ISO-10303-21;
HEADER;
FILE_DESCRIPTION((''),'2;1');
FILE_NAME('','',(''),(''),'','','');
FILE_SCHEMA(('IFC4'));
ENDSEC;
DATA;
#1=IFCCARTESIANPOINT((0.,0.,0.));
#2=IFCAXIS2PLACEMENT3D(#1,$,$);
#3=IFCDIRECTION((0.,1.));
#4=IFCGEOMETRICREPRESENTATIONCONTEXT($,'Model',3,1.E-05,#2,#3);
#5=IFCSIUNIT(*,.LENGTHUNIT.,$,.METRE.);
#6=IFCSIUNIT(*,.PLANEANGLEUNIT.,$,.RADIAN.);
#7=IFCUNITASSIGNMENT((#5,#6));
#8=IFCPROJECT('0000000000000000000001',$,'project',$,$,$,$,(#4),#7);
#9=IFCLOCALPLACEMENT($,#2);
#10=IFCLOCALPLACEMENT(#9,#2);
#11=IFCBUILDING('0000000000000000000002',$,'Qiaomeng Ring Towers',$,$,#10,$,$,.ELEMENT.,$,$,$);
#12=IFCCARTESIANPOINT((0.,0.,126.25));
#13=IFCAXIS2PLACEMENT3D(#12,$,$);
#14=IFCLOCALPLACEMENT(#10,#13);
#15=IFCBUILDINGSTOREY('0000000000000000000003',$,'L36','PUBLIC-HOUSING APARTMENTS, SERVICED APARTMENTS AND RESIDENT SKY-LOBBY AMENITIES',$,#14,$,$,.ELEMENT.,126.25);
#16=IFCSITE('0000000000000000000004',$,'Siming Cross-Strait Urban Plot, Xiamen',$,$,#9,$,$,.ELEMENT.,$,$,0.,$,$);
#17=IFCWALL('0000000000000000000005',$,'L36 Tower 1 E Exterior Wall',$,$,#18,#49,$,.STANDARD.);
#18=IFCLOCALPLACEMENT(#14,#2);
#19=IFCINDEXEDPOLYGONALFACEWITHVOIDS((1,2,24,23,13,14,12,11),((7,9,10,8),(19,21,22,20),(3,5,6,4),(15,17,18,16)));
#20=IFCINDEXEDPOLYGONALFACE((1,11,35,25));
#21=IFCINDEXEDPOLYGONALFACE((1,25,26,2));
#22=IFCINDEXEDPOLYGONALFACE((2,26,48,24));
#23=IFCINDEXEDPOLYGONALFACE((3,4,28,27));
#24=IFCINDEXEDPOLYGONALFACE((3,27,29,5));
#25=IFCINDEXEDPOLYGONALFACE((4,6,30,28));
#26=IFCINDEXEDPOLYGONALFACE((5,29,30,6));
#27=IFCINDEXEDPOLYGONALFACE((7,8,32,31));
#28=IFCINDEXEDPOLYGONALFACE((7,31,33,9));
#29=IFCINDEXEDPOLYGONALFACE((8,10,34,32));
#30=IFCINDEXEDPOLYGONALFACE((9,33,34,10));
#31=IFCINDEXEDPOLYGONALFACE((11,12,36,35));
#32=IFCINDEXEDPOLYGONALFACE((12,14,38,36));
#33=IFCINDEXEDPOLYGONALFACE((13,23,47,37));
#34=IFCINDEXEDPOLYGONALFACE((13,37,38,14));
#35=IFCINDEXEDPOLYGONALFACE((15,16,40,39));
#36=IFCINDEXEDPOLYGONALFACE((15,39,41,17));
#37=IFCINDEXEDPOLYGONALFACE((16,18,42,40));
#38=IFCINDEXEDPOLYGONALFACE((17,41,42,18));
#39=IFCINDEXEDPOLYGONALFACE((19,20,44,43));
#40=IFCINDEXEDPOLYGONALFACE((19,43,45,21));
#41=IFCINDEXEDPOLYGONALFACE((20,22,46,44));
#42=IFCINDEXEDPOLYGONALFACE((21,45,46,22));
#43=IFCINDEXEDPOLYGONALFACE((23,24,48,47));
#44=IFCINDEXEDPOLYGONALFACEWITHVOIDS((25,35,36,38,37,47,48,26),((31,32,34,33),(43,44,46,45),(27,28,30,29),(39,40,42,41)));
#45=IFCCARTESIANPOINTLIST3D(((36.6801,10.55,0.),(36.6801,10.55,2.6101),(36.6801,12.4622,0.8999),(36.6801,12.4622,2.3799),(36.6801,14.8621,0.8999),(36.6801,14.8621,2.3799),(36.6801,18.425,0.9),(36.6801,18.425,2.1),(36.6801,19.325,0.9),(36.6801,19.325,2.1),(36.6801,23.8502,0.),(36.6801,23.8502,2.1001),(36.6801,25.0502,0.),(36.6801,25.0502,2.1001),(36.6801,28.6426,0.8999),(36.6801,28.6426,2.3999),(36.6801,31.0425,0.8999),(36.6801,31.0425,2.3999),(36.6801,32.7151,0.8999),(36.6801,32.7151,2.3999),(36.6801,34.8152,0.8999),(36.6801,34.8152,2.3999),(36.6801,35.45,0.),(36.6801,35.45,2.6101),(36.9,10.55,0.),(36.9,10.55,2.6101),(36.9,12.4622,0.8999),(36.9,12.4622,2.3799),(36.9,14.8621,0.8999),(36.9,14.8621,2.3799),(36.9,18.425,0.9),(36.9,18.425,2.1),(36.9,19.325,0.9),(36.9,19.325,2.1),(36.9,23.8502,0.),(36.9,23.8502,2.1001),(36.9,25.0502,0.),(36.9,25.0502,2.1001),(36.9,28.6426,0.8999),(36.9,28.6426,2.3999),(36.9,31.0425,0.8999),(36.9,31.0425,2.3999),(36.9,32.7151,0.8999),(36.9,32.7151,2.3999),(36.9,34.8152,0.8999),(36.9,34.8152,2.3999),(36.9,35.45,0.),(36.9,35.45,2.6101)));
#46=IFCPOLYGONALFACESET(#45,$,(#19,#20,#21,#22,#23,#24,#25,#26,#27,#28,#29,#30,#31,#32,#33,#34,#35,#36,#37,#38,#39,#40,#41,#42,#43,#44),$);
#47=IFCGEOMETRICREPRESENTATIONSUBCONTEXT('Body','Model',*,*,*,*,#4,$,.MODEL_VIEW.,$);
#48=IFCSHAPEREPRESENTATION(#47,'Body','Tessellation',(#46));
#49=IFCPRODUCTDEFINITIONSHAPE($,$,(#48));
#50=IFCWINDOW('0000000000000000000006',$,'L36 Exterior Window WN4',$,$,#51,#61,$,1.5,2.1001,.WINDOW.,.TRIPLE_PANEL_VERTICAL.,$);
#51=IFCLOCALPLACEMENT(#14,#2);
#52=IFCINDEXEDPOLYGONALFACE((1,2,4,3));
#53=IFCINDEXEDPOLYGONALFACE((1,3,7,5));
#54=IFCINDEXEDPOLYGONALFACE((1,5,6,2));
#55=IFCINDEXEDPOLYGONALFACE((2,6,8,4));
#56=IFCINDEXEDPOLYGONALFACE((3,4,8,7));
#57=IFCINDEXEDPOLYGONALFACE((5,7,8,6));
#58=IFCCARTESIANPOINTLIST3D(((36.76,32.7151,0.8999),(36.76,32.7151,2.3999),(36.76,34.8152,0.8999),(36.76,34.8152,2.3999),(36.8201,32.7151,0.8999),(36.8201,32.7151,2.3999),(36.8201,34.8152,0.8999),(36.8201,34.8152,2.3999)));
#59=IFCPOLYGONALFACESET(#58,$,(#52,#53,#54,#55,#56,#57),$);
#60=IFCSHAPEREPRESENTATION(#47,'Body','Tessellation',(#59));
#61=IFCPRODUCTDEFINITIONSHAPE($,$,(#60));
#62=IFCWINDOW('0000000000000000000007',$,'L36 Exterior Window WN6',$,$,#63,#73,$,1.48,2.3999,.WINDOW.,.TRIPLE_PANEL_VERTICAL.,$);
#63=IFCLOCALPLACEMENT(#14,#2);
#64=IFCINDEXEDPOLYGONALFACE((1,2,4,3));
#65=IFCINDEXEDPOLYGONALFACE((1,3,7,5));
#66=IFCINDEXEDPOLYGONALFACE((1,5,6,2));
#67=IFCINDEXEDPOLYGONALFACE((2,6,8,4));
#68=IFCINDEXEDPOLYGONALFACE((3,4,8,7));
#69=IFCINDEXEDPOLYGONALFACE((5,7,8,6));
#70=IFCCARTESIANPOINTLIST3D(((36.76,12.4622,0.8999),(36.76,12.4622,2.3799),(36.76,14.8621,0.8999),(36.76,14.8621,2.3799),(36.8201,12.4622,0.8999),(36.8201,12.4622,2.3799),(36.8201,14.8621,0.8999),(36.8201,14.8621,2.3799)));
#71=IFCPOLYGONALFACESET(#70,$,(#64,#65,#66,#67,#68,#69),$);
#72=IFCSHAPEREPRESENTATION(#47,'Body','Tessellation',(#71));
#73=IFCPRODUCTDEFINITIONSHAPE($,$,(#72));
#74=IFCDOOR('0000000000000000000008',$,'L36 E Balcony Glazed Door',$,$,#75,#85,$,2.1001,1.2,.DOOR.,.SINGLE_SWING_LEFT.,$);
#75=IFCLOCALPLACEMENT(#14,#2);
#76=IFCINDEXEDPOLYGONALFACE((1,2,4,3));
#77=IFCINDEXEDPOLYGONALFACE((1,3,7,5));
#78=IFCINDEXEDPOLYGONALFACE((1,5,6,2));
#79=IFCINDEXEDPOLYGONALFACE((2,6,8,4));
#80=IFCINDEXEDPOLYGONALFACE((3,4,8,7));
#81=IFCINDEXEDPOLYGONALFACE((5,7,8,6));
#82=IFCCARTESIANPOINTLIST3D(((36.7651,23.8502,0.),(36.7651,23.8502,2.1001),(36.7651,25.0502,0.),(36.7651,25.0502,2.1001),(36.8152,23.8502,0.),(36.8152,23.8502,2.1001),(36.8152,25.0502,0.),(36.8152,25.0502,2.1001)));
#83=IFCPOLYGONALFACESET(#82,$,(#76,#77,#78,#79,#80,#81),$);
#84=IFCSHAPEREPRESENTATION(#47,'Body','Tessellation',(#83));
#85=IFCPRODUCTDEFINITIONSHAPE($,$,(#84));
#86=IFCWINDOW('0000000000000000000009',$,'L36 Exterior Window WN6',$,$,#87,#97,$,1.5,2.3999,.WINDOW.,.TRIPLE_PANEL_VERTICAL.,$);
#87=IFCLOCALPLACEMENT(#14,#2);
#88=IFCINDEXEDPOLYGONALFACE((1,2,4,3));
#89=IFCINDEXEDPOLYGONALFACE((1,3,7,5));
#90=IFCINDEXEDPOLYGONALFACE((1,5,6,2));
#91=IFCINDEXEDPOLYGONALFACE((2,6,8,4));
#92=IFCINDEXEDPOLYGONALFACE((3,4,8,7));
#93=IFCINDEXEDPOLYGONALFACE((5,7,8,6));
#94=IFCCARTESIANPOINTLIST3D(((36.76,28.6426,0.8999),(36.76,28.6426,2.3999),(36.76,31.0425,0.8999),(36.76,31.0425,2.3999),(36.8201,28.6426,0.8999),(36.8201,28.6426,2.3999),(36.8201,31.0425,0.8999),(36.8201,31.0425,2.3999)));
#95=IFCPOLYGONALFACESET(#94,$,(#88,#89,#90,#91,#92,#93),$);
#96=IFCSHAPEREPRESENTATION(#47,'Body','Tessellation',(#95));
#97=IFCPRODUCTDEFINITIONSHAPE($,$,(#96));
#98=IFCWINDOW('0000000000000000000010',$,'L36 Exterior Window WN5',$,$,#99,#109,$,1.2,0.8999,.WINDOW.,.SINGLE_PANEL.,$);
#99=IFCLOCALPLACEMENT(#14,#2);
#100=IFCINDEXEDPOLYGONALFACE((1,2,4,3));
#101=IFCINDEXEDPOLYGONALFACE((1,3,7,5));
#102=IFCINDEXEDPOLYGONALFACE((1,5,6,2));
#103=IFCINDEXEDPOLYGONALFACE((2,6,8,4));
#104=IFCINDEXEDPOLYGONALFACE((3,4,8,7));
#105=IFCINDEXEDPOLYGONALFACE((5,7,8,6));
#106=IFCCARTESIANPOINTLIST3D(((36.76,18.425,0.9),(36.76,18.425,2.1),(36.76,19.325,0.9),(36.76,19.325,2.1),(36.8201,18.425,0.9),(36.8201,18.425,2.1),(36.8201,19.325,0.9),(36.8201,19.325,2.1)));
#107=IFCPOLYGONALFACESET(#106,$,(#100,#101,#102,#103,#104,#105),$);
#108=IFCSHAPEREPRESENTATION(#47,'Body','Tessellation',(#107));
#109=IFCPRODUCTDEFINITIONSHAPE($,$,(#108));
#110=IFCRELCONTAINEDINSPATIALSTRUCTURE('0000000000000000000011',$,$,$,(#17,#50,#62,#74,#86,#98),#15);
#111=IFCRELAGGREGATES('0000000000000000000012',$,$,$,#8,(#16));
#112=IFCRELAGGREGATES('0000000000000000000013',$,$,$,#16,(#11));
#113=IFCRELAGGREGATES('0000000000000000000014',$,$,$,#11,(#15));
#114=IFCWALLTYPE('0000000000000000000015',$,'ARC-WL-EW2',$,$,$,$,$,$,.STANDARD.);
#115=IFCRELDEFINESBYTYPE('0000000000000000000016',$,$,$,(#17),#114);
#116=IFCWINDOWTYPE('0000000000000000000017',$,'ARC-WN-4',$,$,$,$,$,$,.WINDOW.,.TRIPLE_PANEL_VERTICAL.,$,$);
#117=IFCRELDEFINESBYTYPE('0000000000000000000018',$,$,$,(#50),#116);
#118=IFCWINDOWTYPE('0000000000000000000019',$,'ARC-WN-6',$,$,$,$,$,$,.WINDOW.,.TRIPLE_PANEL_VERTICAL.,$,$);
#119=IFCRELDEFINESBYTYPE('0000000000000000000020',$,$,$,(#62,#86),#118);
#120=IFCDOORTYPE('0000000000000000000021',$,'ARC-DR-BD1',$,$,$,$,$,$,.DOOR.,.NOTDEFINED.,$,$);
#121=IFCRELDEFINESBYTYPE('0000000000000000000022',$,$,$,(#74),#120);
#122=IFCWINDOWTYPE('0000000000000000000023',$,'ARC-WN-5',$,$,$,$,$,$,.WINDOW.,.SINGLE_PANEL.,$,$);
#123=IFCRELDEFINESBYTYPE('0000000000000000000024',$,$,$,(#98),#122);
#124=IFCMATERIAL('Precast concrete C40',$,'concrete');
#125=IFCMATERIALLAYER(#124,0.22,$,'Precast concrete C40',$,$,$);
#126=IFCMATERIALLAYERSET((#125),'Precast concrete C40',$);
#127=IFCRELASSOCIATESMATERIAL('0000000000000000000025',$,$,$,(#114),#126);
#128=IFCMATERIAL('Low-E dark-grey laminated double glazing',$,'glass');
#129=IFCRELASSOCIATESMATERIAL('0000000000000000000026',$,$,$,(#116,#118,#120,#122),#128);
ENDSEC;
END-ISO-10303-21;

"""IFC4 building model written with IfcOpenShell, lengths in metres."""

from ifc_helpers import new_model, si_unit, direction, frame, frame_2d, origin, place, context, subcontext, project, spatial, rectangle, extrude, source, transform, mapped, material, layer, layer_set, type_object, element, fill, save


model = new_model("IFC4")

# Units and contexts
model_context = context("Model", 3, precision=1e-05, world=origin(), true_north=direction((0.0, 1.0)))
body_context = subcontext(model_context, "Body", "Model", "MODEL_VIEW")
ifc_project = project(units=[si_unit("LENGTHUNIT", "METRE"), si_unit("PLANEANGLEUNIT", "RADIAN")], contexts=[model_context])

# Site, building, storey
site_placement = place(None, origin())
site = spatial("IfcSite", under=ifc_project, at=site_placement, Name="Siming Cross-Strait Urban Plot, Xiamen", CompositionType="ELEMENT", RefElevation=0.0)
building_placement = place(site_placement, origin())
building = spatial("IfcBuilding", under=site, at=building_placement, Name="Qiaomeng Ring Towers", CompositionType="ELEMENT")
storey_placement = place(building_placement, frame((0.0, 0.0, 126.25)))
storey = spatial("IfcBuildingStorey", under=building, at=storey_placement, Name="L36", Description="PUBLIC-HOUSING APARTMENTS, SERVICED APARTMENTS AND RESIDENT SKY-LOBBY AMENITIES", CompositionType="ELEMENT", Elevation=126.25)

# Shared definitions
ifc_material_1 = material(Name="Low-E dark-grey laminated double glazing", Category="glass")

# Wall, openings, windows, door
ifc_material_2 = material(Name="Precast concrete C40", Category="concrete")
ifc_layer_1 = layer(ifc_material_2, 0.22, Name="Precast concrete C40")
ifc_layer_set_1 = layer_set([ifc_layer_1], Name="Precast concrete C40")
wall_type_1 = type_object("IfcWallType", Name="ARC-WL-EW2", PredefinedType="STANDARD", material=ifc_layer_set_1)
wall_1_placement = place(storey_placement, frame((36.79, 10.55, 0.0), z_axis=(0.0, 0.0, 1.0), x_axis=(0.0, 1.0, 0.0)))
wall_1 = element("IfcWall", 1, at=wall_1_placement, inside=storey, type_object=wall_type_1, Name="L36 Tower 1 E Exterior Wall", PredefinedType="STANDARD", context=body_context, shape_type="SweptSolid", body=[
    extrude(rectangle(XDim=24.8999, YDim=0.22, at=frame_2d((12.45, 0.0))), origin(), (0.0, 0.0, 1.0), 2.6101),
])
opening_1_placement = place(wall_1_placement, frame((13.3, 0.0, 0.0)))
opening_1 = element("IfcOpeningElement", 2, at=opening_1_placement, cuts=wall_1, PredefinedType="OPENING", context=body_context, shape_type="SweptSolid", body=[
    extrude(rectangle(XDim=1.2, YDim=2.1001, at=frame_2d((0.6001, 1.05))), frame((0.0, 0.1199, 0.0), z_axis=(0.0, -1.0, 0.0), x_axis=(1.0, 0.0, 0.0)), (0.0, 0.0, 1.0), 0.24),
])
opening_2_placement = place(wall_1_placement, frame((1.9121, 0.0, 0.8999)))
opening_2 = element("IfcOpeningElement", 3, at=opening_2_placement, cuts=wall_1, PredefinedType="OPENING", context=body_context, shape_type="SweptSolid", body=[
    extrude(rectangle(XDim=2.3999, YDim=1.48, at=frame_2d((1.2, 0.74))), frame((0.0, 0.1199, 0.0), z_axis=(0.0, -1.0, 0.0), x_axis=(1.0, 0.0, 0.0)), (0.0, 0.0, 1.0), 0.24),
])
opening_3_placement = place(wall_1_placement, frame((22.165, 0.0, 0.8999)))
opening_3 = element("IfcOpeningElement", 4, at=opening_3_placement, cuts=wall_1, PredefinedType="OPENING", context=body_context, shape_type="SweptSolid", body=[
    extrude(rectangle(XDim=2.1001, YDim=1.5, at=frame_2d((1.05, 0.75))), frame((0.0, 0.1199, 0.0), z_axis=(0.0, -1.0, 0.0), x_axis=(1.0, 0.0, 0.0)), (0.0, 0.0, 1.0), 0.24),
])
opening_4_placement = place(wall_1_placement, frame((18.0925, 0.0, 0.8999)))
opening_4 = element("IfcOpeningElement", 5, at=opening_4_placement, cuts=wall_1, PredefinedType="OPENING", context=body_context, shape_type="SweptSolid", body=[
    extrude(rectangle(XDim=2.3999, YDim=1.5, at=frame_2d((1.2, 0.75))), frame((0.0, 0.1199, 0.0), z_axis=(0.0, -1.0, 0.0), x_axis=(1.0, 0.0, 0.0)), (0.0, 0.0, 1.0), 0.24),
])
opening_5_placement = place(wall_1_placement, frame((7.875, 0.0, 0.8999)))
opening_5 = element("IfcOpeningElement", 6, at=opening_5_placement, cuts=wall_1, PredefinedType="OPENING", context=body_context, shape_type="SweptSolid", body=[
    extrude(rectangle(XDim=0.8999, YDim=1.2, at=frame_2d((0.45, 0.6001))), frame((0.0, 0.1199, 0.0), z_axis=(0.0, -1.0, 0.0), x_axis=(1.0, 0.0, 0.0)), (0.0, 0.0, 1.0), 0.24),
])
window_type_1 = type_object("IfcWindowType", Name="ARC-WN-4", PartitioningType="TRIPLE_PANEL_VERTICAL", PredefinedType="WINDOW", material=ifc_material_1)
shared_shape_1 = source(origin(), body_context, "Body", "SweptSolid", [
    extrude(rectangle(XDim=2.1001, YDim=1.5, at=frame_2d((1.05, 0.75))), frame((0.0, 0.03, 0.0), z_axis=(0.0, -1.0, 0.0), x_axis=(1.0, 0.0, 0.0)), (0.0, 0.0, 1.0), 0.0601),
])
window_1_placement = place(opening_3_placement, origin())
window_1 = element("IfcWindow", 7, at=window_1_placement, inside=storey, type_object=window_type_1, Name="L36 Exterior Window WN4", OverallHeight=1.5, OverallWidth=2.1001, PartitioningType="TRIPLE_PANEL_VERTICAL", PredefinedType="WINDOW", context=body_context, shape_type="MappedRepresentation", body=[
    mapped(shared_shape_1, transform((0.0, 0.0, 0.0), x_axis=(1.0, 0.0, 0.0), y_axis=(0.0, 1.0, 0.0), z_axis=(0.0, 0.0, 1.0), scale=1.0)),
])
fill(opening_3, window_1)
window_type_2 = type_object("IfcWindowType", Name="ARC-WN-6", PartitioningType="TRIPLE_PANEL_VERTICAL", PredefinedType="WINDOW", material=ifc_material_1)
shared_shape_2 = source(origin(), body_context, "Body", "SweptSolid", [
    extrude(rectangle(XDim=2.3999, YDim=1.48, at=frame_2d((1.2, 0.74))), frame((0.0, 0.03, 0.0), z_axis=(0.0, -1.0, 0.0), x_axis=(1.0, 0.0, 0.0)), (0.0, 0.0, 1.0), 0.0601),
])
window_2_placement = place(opening_2_placement, origin())
window_2 = element("IfcWindow", 8, at=window_2_placement, inside=storey, type_object=window_type_2, Name="L36 Exterior Window WN6", OverallHeight=1.48, OverallWidth=2.3999, PartitioningType="TRIPLE_PANEL_VERTICAL", PredefinedType="WINDOW", context=body_context, shape_type="MappedRepresentation", body=[
    mapped(shared_shape_2, transform((0.0, 0.0, 0.0), x_axis=(1.0, 0.0, 0.0), y_axis=(0.0, 1.0, 0.0), z_axis=(0.0, 0.0, 1.0), scale=1.0)),
])
fill(opening_2, window_2)
door_type_1 = type_object("IfcDoorType", Name="ARC-DR-BD1", OperationType="NOTDEFINED", PredefinedType="DOOR", material=ifc_material_1)
shared_shape_3 = source(origin(), body_context, "Body", "SweptSolid", [
    extrude(rectangle(XDim=1.2, YDim=2.1001, at=frame_2d((0.6001, 1.05))), frame((0.0, 0.0249, 0.0), z_axis=(0.0, -1.0, 0.0), x_axis=(1.0, 0.0, 0.0)), (0.0, 0.0, 1.0), 0.05),
])
door_1_placement = place(opening_1_placement, origin())
door_1 = element("IfcDoor", 9, at=door_1_placement, inside=storey, type_object=door_type_1, Name="L36 E Balcony Glazed Door", OperationType="SINGLE_SWING_LEFT", OverallHeight=2.1001, OverallWidth=1.2, PredefinedType="DOOR", context=body_context, shape_type="MappedRepresentation", body=[
    mapped(shared_shape_3, transform((0.0, 0.0, 0.0), x_axis=(1.0, 0.0, 0.0), y_axis=(0.0, 1.0, 0.0), z_axis=(0.0, 0.0, 1.0), scale=1.0)),
])
fill(opening_1, door_1)
shared_shape_4 = source(origin(), body_context, "Body", "SweptSolid", [
    extrude(rectangle(XDim=2.3999, YDim=1.5, at=frame_2d((1.2, 0.75))), frame((0.0, 0.03, 0.0), z_axis=(0.0, -1.0, 0.0), x_axis=(1.0, 0.0, 0.0)), (0.0, 0.0, 1.0), 0.0601),
])
window_3_placement = place(opening_4_placement, origin())
window_3 = element("IfcWindow", 10, at=window_3_placement, inside=storey, type_object=window_type_2, Name="L36 Exterior Window WN6", OverallHeight=1.5, OverallWidth=2.3999, PartitioningType="TRIPLE_PANEL_VERTICAL", PredefinedType="WINDOW", context=body_context, shape_type="MappedRepresentation", body=[
    mapped(shared_shape_4, transform((0.0, 0.0, 0.0), x_axis=(1.0, 0.0, 0.0), y_axis=(0.0, 1.0, 0.0), z_axis=(0.0, 0.0, 1.0), scale=1.0)),
])
fill(opening_4, window_3)
window_type_3 = type_object("IfcWindowType", Name="ARC-WN-5", PartitioningType="SINGLE_PANEL", PredefinedType="WINDOW", material=ifc_material_1)
shared_shape_5 = source(origin(), body_context, "Body", "SweptSolid", [
    extrude(rectangle(XDim=0.8999, YDim=1.2, at=frame_2d((0.45, 0.6001))), frame((0.0, 0.03, 0.0), z_axis=(0.0, -1.0, 0.0), x_axis=(1.0, 0.0, 0.0)), (0.0, 0.0, 1.0), 0.0601),
])
window_4_placement = place(opening_5_placement, origin())
window_4 = element("IfcWindow", 11, at=window_4_placement, inside=storey, type_object=window_type_3, Name="L36 Exterior Window WN5", OverallHeight=1.2, OverallWidth=0.8999, PartitioningType="SINGLE_PANEL", PredefinedType="WINDOW", context=body_context, shape_type="MappedRepresentation", body=[
    mapped(shared_shape_5, transform((0.0, 0.0, 0.0), x_axis=(1.0, 0.0, 0.0), y_axis=(0.0, 1.0, 0.0), z_axis=(0.0, 0.0, 1.0), scale=1.0)),
])
fill(opening_5, window_4)

save(model, "model.ifc")
